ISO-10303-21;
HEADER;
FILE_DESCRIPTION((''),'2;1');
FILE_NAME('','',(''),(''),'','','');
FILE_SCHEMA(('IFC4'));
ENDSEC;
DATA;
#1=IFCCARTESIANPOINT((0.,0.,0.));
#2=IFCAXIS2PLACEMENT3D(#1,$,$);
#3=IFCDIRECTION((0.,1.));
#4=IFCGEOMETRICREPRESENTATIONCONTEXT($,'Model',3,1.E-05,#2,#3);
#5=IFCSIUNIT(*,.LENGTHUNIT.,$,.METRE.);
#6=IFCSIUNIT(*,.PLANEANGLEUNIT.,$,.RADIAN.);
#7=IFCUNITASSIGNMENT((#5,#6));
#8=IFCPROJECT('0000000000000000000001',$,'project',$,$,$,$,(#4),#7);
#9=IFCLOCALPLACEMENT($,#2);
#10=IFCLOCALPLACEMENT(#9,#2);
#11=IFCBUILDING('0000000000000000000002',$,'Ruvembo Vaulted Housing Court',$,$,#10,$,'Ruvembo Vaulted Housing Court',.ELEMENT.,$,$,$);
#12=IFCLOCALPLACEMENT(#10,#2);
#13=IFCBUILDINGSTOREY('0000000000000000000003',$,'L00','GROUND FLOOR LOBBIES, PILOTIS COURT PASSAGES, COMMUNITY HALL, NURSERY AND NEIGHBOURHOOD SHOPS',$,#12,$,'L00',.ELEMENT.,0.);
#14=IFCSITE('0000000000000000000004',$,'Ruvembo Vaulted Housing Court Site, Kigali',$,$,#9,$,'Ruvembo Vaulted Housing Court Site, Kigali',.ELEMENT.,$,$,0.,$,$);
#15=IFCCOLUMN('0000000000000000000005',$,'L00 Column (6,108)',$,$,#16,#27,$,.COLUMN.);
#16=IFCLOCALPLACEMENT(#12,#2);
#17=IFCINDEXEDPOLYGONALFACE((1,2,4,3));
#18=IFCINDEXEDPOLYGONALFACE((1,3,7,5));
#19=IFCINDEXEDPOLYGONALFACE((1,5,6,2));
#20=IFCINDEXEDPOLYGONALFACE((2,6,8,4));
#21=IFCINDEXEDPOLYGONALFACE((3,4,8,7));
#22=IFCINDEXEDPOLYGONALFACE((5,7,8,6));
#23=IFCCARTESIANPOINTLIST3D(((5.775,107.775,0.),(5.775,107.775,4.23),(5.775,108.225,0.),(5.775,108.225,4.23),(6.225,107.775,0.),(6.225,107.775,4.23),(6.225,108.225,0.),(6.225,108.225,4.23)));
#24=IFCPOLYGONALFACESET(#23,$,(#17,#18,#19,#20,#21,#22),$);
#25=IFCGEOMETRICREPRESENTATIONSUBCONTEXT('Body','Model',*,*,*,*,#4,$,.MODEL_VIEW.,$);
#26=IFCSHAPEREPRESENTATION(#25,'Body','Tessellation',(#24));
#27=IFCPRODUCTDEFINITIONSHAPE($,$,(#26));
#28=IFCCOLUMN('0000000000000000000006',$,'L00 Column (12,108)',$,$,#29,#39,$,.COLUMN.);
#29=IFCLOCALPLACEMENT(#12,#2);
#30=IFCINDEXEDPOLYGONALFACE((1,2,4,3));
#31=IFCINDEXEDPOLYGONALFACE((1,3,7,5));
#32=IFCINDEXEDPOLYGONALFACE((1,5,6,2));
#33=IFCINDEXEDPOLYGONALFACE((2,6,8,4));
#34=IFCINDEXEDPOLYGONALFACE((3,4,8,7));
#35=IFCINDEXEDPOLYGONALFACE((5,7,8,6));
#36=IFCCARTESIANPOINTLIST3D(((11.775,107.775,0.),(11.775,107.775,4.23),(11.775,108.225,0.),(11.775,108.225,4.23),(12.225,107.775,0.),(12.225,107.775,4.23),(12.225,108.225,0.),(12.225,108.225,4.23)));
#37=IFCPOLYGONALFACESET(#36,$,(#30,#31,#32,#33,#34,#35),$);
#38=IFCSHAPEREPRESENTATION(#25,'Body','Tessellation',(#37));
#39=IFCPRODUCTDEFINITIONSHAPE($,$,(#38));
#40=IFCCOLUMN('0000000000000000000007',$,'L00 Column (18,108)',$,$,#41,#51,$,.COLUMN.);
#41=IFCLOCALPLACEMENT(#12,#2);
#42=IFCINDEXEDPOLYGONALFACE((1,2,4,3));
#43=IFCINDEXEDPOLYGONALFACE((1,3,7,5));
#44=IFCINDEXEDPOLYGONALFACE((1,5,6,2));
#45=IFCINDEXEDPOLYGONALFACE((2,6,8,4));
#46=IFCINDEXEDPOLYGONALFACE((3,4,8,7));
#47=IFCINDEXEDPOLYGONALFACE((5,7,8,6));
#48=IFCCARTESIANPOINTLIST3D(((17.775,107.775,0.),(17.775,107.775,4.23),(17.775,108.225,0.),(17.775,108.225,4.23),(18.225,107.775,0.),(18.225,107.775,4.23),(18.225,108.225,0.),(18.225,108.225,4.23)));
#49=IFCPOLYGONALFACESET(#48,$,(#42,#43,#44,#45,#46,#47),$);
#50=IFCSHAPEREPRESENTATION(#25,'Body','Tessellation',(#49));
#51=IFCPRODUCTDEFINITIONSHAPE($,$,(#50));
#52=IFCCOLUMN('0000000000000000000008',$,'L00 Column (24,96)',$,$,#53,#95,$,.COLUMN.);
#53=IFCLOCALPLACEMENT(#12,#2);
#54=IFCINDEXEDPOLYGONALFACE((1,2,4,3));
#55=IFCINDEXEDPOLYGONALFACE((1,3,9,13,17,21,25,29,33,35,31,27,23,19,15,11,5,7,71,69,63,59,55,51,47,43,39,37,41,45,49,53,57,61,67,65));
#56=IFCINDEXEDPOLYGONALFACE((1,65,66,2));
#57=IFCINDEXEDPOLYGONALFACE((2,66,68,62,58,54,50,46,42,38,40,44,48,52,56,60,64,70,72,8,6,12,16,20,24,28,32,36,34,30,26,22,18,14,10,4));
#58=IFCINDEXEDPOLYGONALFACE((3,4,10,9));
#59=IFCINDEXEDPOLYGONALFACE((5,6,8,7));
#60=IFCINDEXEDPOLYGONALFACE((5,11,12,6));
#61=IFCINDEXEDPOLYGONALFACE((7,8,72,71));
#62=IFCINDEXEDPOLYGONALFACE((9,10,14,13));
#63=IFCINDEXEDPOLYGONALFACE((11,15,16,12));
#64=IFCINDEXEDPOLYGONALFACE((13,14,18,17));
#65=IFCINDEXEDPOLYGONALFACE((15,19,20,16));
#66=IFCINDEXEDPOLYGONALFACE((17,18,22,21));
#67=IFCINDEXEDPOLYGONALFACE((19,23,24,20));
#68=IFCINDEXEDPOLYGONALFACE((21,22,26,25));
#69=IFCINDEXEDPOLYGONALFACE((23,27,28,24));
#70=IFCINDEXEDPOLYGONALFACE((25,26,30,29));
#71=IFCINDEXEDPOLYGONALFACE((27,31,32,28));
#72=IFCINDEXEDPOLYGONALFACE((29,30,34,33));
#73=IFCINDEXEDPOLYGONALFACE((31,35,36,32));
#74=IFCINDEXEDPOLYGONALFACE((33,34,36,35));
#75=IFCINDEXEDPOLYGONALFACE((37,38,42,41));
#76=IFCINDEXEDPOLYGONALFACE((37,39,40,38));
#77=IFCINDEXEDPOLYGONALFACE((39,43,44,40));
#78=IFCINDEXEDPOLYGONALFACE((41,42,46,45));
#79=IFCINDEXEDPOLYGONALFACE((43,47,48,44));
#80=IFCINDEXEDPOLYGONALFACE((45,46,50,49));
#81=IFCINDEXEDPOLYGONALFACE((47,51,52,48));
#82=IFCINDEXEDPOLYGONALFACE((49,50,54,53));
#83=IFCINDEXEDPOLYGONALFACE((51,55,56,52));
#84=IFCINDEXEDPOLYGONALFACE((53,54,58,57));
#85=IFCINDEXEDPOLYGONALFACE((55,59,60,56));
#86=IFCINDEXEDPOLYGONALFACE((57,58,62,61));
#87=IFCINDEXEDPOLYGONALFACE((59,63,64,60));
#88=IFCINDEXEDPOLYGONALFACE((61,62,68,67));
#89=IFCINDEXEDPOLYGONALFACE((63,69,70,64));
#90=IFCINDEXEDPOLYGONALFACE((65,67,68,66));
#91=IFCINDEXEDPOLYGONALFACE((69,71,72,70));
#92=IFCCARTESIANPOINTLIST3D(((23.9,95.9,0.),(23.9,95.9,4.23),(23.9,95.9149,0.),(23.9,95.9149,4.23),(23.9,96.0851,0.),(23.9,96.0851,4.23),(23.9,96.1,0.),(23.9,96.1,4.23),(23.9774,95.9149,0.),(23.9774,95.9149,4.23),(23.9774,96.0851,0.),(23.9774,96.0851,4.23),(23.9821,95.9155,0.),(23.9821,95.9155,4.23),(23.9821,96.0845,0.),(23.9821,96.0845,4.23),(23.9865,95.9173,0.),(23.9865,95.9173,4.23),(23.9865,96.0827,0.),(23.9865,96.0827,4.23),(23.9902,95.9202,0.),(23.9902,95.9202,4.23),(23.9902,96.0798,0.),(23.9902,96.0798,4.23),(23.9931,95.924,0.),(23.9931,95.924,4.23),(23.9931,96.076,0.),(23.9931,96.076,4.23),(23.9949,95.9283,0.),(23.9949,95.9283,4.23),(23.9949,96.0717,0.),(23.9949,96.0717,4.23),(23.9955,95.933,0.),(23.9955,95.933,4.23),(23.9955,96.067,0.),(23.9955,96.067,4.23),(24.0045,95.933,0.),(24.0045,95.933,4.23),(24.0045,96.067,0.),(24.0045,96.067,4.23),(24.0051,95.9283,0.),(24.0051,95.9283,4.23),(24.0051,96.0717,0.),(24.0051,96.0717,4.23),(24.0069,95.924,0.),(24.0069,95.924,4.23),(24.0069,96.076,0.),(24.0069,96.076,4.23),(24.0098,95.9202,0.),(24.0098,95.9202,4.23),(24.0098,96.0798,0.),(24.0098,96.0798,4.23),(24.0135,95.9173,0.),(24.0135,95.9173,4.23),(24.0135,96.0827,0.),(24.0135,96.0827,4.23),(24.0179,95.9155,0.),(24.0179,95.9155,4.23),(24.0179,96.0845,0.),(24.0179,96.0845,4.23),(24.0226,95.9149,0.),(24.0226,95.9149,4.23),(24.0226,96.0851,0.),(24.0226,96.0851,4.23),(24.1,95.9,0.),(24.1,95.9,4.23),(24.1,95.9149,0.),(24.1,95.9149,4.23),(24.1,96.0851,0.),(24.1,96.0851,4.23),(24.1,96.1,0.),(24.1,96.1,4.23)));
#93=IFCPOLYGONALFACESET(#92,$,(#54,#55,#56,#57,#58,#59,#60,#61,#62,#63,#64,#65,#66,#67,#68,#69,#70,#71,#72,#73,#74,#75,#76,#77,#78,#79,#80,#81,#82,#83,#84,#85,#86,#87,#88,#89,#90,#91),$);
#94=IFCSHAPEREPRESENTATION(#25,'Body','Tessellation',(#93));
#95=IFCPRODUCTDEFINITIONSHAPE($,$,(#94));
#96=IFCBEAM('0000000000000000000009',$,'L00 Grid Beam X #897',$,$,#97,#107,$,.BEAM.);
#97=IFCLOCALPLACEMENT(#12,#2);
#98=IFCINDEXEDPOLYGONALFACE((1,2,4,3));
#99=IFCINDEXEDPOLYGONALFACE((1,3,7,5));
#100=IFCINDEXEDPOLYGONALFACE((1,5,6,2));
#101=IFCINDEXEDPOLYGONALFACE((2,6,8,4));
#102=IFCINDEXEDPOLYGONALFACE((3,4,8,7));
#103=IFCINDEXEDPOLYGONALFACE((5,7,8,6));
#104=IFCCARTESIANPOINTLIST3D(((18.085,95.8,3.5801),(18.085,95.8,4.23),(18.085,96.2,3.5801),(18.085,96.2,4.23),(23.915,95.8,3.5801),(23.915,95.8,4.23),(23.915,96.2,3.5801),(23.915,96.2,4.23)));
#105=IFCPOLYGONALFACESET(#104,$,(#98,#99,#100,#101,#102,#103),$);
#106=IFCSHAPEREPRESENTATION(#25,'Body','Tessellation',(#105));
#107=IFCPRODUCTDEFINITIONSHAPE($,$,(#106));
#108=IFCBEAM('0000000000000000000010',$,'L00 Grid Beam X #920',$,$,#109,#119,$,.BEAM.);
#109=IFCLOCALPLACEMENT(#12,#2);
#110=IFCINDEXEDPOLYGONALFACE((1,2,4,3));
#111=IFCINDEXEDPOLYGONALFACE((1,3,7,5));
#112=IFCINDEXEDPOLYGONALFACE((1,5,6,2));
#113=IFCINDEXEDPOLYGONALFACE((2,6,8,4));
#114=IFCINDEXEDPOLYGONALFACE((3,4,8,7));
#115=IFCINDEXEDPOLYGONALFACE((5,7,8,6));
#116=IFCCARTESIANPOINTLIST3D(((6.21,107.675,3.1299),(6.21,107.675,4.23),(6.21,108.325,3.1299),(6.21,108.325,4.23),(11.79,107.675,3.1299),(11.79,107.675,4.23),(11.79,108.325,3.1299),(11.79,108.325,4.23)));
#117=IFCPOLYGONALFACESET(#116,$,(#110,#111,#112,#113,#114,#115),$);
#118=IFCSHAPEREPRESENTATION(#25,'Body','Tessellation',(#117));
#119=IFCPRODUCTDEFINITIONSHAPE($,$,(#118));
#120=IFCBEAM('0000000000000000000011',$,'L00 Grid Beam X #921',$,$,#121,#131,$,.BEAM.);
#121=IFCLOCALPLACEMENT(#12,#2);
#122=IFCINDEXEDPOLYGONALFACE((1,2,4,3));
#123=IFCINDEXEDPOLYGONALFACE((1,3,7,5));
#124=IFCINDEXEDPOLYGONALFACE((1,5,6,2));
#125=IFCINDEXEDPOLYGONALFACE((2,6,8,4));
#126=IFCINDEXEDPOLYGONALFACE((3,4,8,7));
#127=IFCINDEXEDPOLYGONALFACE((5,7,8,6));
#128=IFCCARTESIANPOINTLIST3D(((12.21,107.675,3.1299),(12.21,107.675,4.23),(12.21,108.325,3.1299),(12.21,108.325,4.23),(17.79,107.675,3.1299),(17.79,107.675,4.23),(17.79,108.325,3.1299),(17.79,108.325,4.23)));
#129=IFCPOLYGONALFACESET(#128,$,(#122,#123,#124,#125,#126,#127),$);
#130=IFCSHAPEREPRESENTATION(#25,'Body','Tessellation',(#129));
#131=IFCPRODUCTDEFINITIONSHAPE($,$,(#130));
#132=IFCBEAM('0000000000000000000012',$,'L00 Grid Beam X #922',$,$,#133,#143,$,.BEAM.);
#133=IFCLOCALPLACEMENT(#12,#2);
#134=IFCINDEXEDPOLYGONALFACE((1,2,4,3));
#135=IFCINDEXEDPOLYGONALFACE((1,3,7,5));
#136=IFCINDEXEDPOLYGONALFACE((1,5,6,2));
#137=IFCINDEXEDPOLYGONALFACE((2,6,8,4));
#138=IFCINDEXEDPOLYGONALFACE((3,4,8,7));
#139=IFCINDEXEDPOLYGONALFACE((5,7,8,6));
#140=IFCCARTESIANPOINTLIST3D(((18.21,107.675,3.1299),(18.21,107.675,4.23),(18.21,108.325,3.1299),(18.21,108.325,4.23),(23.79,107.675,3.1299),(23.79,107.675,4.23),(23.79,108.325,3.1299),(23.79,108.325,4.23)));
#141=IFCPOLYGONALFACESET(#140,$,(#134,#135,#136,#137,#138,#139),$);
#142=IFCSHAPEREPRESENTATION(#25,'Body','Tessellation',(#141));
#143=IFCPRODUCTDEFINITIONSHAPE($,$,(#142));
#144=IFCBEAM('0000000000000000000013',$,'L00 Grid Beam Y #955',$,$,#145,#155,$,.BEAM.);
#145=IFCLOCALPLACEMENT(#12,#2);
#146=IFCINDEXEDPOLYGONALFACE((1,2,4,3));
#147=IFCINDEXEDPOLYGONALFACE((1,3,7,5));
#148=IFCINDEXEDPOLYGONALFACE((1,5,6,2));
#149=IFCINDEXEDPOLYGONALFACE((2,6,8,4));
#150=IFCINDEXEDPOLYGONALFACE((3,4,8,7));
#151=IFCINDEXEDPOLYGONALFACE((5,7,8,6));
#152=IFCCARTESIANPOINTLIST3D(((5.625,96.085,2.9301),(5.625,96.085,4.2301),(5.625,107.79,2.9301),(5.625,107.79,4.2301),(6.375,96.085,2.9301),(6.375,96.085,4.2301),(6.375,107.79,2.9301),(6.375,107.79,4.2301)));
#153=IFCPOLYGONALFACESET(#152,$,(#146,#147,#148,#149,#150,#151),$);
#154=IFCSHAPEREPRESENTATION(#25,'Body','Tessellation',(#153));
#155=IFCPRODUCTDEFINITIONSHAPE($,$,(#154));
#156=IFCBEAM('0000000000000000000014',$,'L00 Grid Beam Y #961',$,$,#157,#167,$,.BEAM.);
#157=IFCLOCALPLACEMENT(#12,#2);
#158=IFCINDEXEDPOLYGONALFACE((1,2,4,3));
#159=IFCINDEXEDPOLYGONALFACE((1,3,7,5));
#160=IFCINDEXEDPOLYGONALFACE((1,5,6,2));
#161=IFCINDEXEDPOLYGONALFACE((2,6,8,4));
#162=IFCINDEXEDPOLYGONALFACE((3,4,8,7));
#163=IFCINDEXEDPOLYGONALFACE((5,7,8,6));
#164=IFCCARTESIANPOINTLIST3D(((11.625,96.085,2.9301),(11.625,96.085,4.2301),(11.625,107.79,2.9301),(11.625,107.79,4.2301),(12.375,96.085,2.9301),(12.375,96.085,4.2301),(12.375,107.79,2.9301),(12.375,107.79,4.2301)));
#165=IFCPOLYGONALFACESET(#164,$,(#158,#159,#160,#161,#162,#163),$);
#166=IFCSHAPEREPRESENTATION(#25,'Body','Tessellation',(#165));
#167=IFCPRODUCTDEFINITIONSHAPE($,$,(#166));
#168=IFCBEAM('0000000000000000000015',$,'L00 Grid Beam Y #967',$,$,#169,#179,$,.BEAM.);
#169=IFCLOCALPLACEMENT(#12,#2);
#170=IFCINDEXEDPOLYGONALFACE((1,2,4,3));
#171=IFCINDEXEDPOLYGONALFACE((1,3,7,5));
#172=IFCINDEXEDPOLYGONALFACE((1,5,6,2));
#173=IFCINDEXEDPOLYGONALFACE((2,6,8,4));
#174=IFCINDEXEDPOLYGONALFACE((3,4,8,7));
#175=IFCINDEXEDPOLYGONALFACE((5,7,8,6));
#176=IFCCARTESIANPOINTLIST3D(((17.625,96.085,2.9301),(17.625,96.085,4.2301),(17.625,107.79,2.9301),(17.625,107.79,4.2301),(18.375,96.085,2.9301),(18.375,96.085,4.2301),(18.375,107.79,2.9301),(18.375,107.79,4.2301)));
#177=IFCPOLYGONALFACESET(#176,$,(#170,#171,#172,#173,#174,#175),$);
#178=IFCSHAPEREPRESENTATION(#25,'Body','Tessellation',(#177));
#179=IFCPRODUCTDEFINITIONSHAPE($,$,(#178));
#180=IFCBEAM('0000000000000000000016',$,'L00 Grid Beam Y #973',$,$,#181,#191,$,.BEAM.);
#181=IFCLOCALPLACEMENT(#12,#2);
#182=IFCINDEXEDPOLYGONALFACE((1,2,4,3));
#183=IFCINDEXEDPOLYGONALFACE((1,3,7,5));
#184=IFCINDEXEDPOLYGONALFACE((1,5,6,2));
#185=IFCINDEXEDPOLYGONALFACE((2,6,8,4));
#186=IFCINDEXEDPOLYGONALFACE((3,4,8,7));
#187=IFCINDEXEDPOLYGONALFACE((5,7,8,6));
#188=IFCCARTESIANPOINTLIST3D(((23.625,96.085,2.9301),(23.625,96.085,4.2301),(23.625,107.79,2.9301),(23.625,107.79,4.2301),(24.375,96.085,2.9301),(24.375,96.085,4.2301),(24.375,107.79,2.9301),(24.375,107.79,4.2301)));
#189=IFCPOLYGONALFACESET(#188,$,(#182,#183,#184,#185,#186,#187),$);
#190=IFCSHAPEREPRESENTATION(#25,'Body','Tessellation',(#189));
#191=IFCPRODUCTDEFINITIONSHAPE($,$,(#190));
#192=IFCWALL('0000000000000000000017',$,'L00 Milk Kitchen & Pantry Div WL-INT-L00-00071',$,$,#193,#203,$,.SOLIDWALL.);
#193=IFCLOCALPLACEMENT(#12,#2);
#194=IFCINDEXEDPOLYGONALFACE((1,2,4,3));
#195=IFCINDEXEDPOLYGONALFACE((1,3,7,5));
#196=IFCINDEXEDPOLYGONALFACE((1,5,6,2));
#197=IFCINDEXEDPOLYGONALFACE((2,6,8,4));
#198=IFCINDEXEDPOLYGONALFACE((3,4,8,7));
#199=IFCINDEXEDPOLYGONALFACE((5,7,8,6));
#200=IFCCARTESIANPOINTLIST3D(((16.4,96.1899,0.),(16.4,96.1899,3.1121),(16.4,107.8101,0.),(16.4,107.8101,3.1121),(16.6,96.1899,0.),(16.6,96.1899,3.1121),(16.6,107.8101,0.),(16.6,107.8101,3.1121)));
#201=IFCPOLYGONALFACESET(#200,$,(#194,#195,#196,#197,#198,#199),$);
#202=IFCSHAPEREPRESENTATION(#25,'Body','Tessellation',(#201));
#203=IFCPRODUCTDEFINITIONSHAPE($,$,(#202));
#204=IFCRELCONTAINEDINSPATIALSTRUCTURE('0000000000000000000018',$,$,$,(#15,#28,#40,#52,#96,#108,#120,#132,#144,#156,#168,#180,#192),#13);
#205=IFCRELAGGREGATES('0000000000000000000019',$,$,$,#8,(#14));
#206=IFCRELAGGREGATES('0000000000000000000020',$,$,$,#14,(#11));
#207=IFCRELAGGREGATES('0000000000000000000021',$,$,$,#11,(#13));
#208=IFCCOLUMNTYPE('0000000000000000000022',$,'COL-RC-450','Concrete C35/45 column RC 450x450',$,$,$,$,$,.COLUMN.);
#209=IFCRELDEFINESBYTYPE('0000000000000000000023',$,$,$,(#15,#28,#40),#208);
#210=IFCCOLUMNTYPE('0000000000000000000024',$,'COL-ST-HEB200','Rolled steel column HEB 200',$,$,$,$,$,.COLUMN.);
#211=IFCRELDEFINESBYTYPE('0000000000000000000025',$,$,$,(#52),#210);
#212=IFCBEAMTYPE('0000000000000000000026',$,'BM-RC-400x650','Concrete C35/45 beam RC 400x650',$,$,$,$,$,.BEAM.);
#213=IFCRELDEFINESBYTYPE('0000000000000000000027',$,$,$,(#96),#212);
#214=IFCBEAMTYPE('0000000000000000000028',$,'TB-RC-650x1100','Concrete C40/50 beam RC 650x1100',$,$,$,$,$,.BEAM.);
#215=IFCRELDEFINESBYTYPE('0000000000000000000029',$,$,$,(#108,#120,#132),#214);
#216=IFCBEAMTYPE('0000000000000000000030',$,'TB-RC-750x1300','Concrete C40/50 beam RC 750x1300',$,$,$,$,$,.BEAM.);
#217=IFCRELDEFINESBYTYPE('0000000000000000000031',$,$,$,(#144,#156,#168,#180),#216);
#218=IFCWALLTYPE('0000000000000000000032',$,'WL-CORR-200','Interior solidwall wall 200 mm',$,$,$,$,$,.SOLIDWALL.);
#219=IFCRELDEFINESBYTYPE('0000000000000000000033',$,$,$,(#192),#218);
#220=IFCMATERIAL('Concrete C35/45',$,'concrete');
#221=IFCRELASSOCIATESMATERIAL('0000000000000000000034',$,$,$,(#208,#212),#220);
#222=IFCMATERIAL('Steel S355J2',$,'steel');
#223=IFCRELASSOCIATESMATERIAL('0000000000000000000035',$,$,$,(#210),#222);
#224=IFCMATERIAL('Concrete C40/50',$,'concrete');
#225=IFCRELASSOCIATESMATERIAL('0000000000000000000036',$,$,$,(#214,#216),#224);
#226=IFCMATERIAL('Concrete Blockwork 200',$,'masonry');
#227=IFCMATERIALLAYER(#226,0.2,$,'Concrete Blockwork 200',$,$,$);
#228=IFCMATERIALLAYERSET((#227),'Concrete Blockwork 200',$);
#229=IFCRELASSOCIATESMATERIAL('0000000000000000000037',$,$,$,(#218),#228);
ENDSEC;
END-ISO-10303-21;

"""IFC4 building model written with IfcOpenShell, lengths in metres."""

from ifc_helpers import new_model, si_unit, direction, frame, frame_2d, origin, origin_2d, place, context, subcontext, project, spatial, rectangle, i_section, extrude, material, layer, layer_set, material_profile, profile_set, type_object, element, save


model = new_model("IFC4")

# Units and contexts
model_context = context("Model", 3, precision=1e-05, world=origin(), true_north=direction((0.0, 1.0)))
body_context = subcontext(model_context, "Body", "Model", "MODEL_VIEW")
ifc_project = project(units=[si_unit("LENGTHUNIT", "METRE"), si_unit("PLANEANGLEUNIT", "RADIAN")], contexts=[model_context])

# Site, building, storey
site_placement = place(None, origin())
site = spatial("IfcSite", under=ifc_project, at=site_placement, Name="Ruvembo Vaulted Housing Court Site, Kigali", LongName="Ruvembo Vaulted Housing Court Site, Kigali", CompositionType="ELEMENT", RefElevation=0.0)
building_placement = place(site_placement, origin())
building = spatial("IfcBuilding", under=site, at=building_placement, Name="Ruvembo Vaulted Housing Court", LongName="Ruvembo Vaulted Housing Court", CompositionType="ELEMENT")
storey_placement = place(building_placement, origin())
storey = spatial("IfcBuildingStorey", under=building, at=storey_placement, Name="L00", Description="GROUND FLOOR LOBBIES, PILOTIS COURT PASSAGES, COMMUNITY HALL, NURSERY AND NEIGHBOURHOOD SHOPS", LongName="L00", CompositionType="ELEMENT", Elevation=0.0)

# Columns
ifc_material_1 = material(Name="Concrete C35/45", Category="concrete")
ifc_material_profile_1 = material_profile(ifc_material_1, rectangle(XDim=0.45, YDim=0.45, at=origin_2d()), Name="RC 450x450")
ifc_profile_set_1 = profile_set([ifc_material_profile_1], Name="Concrete C35/45")
column_type_1 = type_object("IfcColumnType", Name="COL-RC-450", Description="Concrete C35/45 column RC 450x450", PredefinedType="COLUMN", material=ifc_profile_set_1)
for number, where, z_axis, x_axis, name in (
    (1, (6.0, 108.0, 0.0), (0.0, 0.0, 1.0), (1.0, 0.0, 0.0), "L00 Column (6,108)"),
    (2, (12.0, 108.0, 0.0), (0.0, 0.0, 1.0), (1.0, 0.0, 0.0), "L00 Column (12,108)"),
    (3, (18.0, 108.0, 0.0), (0.0, 0.0, 1.0), (1.0, 0.0, 0.0), "L00 Column (18,108)"),
):
    element("IfcColumn", number, at=place(storey_placement, frame(where, z_axis=z_axis, x_axis=x_axis)), inside=storey, type_object=column_type_1, Name=name, PredefinedType="COLUMN", context=body_context, shape_type="SweptSolid", body=[
        extrude(rectangle(XDim=0.45, YDim=0.45, at=origin_2d()), origin(), (0.0, 0.0, 1.0), 4.23),
    ])
ifc_material_2 = material(Name="Steel S355J2", Category="steel")
ifc_material_profile_2 = material_profile(ifc_material_2, i_section(OverallWidth=0.2, OverallDepth=0.2, WebThickness=0.009, FlangeThickness=0.0149, FilletRadius=0.0181, at=origin_2d()), Name="HEB 200")
ifc_profile_set_2 = profile_set([ifc_material_profile_2], Name="Steel S355J2")
column_type_2 = type_object("IfcColumnType", Name="COL-ST-HEB200", Description="Rolled steel column HEB 200", PredefinedType="COLUMN", material=ifc_profile_set_2)
column_placement = place(storey_placement, frame((24.0, 96.0, 0.0), z_axis=(0.0, 0.0, 1.0), x_axis=(1.0, 0.0, 0.0)))
element("IfcColumn", 4, at=column_placement, inside=storey, type_object=column_type_2, Name="L00 Column (24,96)", PredefinedType="COLUMN", context=body_context, shape_type="SweptSolid", body=[
    extrude(i_section(OverallWidth=0.2, OverallDepth=0.2, WebThickness=0.009, FlangeThickness=0.0149, FilletRadius=0.0181, at=origin_2d()), origin(), (0.0, 0.0, 1.0), 4.23),
])

# Beams
ifc_material_profile_3 = material_profile(ifc_material_1, rectangle(XDim=0.3999, YDim=0.6499, at=origin_2d()), Name="RC 400x650")
ifc_profile_set_3 = profile_set([ifc_material_profile_3], Name="Concrete C35/45")
beam_type_1 = type_object("IfcBeamType", Name="BM-RC-400x650", Description="Concrete C35/45 beam RC 400x650", PredefinedType="BEAM", material=ifc_profile_set_3)
beam_placement = place(storey_placement, frame((18.085, 96.0, 3.905), z_axis=(1.0, 0.0, 0.0), x_axis=(0.0, 1.0, 0.0)))
element("IfcBeam", 5, at=beam_placement, inside=storey, type_object=beam_type_1, Name="L00 Grid Beam X #897", PredefinedType="BEAM", context=body_context, shape_type="SweptSolid", body=[
    extrude(rectangle(XDim=0.3999, YDim=0.6499, at=origin_2d()), origin(), (0.0, 0.0, 1.0), 5.8301),
])
ifc_material_3 = material(Name="Concrete C40/50", Category="concrete")
ifc_material_profile_4 = material_profile(ifc_material_3, rectangle(XDim=0.6499, YDim=1.1001, at=origin_2d()), Name="RC 650x1100")
ifc_profile_set_4 = profile_set([ifc_material_profile_4], Name="Concrete C40/50")
beam_type_2 = type_object("IfcBeamType", Name="TB-RC-650x1100", Description="Concrete C40/50 beam RC 650x1100", PredefinedType="BEAM", material=ifc_profile_set_4)
for number, where, z_axis, x_axis, name in (
    (6, (6.21, 108.0, 3.6799), (1.0, 0.0, 0.0), (0.0, 1.0, 0.0), "L00 Grid Beam X #920"),
    (7, (12.21, 108.0, 3.6799), (1.0, 0.0, 0.0), (0.0, 1.0, 0.0), "L00 Grid Beam X #921"),
    (8, (18.21, 108.0, 3.6799), (1.0, 0.0, 0.0), (0.0, 1.0, 0.0), "L00 Grid Beam X #922"),
):
    element("IfcBeam", number, at=place(storey_placement, frame(where, z_axis=z_axis, x_axis=x_axis)), inside=storey, type_object=beam_type_2, Name=name, PredefinedType="BEAM", context=body_context, shape_type="SweptSolid", body=[
        extrude(rectangle(XDim=0.6499, YDim=1.1001, at=origin_2d()), origin(), (0.0, 0.0, 1.0), 5.5801),
    ])
ifc_material_profile_5 = material_profile(ifc_material_3, rectangle(XDim=0.75, YDim=1.3, at=origin_2d()), Name="RC 750x1300")
ifc_profile_set_5 = profile_set([ifc_material_profile_5], Name="Concrete C40/50")
beam_type_3 = type_object("IfcBeamType", Name="TB-RC-750x1300", Description="Concrete C40/50 beam RC 750x1300", PredefinedType="BEAM", material=ifc_profile_set_5)
for number, where, z_axis, x_axis, name in (
    (9, (6.0, 96.085, 3.5801), (0.0, 1.0, 0.0), (-1.0, 0.0, 0.0), "L00 Grid Beam Y #955"),
    (10, (12.0, 96.085, 3.5801), (0.0, 1.0, 0.0), (-1.0, 0.0, 0.0), "L00 Grid Beam Y #961"),
    (11, (18.0, 96.085, 3.5801), (0.0, 1.0, 0.0), (-1.0, 0.0, 0.0), "L00 Grid Beam Y #967"),
    (12, (24.0, 96.085, 3.5801), (0.0, 1.0, 0.0), (-1.0, 0.0, 0.0), "L00 Grid Beam Y #973"),
):
    element("IfcBeam", number, at=place(storey_placement, frame(where, z_axis=z_axis, x_axis=x_axis)), inside=storey, type_object=beam_type_3, Name=name, PredefinedType="BEAM", context=body_context, shape_type="SweptSolid", body=[
        extrude(rectangle(XDim=0.75, YDim=1.3, at=origin_2d()), origin(), (0.0, 0.0, 1.0), 11.7051),
    ])

# Wall
ifc_material_4 = material(Name="Concrete Blockwork 200", Category="masonry")
ifc_layer_1 = layer(ifc_material_4, 0.2, Name="Concrete Blockwork 200")
ifc_layer_set_1 = layer_set([ifc_layer_1], Name="Concrete Blockwork 200")
wall_type_1 = type_object("IfcWallType", Name="WL-CORR-200", Description="Interior solidwall wall 200 mm", PredefinedType="SOLIDWALL", material=ifc_layer_set_1)
wall_1_placement = place(storey_placement, frame((16.5, 96.1899, 0.0), z_axis=(0.0, 0.0, 1.0), x_axis=(0.0, 1.0, 0.0)))
element("IfcWall", 13, at=wall_1_placement, inside=storey, type_object=wall_type_1, Name="L00 Milk Kitchen & Pantry Div WL-INT-L00-00071", PredefinedType="SOLIDWALL", context=body_context, shape_type="SweptSolid", body=[
    extrude(rectangle(XDim=11.6201, YDim=0.2, at=frame_2d((5.8101, 0.0))), origin(), (0.0, 0.0, 1.0), 3.1121),
])

save(model, "model.ifc")
